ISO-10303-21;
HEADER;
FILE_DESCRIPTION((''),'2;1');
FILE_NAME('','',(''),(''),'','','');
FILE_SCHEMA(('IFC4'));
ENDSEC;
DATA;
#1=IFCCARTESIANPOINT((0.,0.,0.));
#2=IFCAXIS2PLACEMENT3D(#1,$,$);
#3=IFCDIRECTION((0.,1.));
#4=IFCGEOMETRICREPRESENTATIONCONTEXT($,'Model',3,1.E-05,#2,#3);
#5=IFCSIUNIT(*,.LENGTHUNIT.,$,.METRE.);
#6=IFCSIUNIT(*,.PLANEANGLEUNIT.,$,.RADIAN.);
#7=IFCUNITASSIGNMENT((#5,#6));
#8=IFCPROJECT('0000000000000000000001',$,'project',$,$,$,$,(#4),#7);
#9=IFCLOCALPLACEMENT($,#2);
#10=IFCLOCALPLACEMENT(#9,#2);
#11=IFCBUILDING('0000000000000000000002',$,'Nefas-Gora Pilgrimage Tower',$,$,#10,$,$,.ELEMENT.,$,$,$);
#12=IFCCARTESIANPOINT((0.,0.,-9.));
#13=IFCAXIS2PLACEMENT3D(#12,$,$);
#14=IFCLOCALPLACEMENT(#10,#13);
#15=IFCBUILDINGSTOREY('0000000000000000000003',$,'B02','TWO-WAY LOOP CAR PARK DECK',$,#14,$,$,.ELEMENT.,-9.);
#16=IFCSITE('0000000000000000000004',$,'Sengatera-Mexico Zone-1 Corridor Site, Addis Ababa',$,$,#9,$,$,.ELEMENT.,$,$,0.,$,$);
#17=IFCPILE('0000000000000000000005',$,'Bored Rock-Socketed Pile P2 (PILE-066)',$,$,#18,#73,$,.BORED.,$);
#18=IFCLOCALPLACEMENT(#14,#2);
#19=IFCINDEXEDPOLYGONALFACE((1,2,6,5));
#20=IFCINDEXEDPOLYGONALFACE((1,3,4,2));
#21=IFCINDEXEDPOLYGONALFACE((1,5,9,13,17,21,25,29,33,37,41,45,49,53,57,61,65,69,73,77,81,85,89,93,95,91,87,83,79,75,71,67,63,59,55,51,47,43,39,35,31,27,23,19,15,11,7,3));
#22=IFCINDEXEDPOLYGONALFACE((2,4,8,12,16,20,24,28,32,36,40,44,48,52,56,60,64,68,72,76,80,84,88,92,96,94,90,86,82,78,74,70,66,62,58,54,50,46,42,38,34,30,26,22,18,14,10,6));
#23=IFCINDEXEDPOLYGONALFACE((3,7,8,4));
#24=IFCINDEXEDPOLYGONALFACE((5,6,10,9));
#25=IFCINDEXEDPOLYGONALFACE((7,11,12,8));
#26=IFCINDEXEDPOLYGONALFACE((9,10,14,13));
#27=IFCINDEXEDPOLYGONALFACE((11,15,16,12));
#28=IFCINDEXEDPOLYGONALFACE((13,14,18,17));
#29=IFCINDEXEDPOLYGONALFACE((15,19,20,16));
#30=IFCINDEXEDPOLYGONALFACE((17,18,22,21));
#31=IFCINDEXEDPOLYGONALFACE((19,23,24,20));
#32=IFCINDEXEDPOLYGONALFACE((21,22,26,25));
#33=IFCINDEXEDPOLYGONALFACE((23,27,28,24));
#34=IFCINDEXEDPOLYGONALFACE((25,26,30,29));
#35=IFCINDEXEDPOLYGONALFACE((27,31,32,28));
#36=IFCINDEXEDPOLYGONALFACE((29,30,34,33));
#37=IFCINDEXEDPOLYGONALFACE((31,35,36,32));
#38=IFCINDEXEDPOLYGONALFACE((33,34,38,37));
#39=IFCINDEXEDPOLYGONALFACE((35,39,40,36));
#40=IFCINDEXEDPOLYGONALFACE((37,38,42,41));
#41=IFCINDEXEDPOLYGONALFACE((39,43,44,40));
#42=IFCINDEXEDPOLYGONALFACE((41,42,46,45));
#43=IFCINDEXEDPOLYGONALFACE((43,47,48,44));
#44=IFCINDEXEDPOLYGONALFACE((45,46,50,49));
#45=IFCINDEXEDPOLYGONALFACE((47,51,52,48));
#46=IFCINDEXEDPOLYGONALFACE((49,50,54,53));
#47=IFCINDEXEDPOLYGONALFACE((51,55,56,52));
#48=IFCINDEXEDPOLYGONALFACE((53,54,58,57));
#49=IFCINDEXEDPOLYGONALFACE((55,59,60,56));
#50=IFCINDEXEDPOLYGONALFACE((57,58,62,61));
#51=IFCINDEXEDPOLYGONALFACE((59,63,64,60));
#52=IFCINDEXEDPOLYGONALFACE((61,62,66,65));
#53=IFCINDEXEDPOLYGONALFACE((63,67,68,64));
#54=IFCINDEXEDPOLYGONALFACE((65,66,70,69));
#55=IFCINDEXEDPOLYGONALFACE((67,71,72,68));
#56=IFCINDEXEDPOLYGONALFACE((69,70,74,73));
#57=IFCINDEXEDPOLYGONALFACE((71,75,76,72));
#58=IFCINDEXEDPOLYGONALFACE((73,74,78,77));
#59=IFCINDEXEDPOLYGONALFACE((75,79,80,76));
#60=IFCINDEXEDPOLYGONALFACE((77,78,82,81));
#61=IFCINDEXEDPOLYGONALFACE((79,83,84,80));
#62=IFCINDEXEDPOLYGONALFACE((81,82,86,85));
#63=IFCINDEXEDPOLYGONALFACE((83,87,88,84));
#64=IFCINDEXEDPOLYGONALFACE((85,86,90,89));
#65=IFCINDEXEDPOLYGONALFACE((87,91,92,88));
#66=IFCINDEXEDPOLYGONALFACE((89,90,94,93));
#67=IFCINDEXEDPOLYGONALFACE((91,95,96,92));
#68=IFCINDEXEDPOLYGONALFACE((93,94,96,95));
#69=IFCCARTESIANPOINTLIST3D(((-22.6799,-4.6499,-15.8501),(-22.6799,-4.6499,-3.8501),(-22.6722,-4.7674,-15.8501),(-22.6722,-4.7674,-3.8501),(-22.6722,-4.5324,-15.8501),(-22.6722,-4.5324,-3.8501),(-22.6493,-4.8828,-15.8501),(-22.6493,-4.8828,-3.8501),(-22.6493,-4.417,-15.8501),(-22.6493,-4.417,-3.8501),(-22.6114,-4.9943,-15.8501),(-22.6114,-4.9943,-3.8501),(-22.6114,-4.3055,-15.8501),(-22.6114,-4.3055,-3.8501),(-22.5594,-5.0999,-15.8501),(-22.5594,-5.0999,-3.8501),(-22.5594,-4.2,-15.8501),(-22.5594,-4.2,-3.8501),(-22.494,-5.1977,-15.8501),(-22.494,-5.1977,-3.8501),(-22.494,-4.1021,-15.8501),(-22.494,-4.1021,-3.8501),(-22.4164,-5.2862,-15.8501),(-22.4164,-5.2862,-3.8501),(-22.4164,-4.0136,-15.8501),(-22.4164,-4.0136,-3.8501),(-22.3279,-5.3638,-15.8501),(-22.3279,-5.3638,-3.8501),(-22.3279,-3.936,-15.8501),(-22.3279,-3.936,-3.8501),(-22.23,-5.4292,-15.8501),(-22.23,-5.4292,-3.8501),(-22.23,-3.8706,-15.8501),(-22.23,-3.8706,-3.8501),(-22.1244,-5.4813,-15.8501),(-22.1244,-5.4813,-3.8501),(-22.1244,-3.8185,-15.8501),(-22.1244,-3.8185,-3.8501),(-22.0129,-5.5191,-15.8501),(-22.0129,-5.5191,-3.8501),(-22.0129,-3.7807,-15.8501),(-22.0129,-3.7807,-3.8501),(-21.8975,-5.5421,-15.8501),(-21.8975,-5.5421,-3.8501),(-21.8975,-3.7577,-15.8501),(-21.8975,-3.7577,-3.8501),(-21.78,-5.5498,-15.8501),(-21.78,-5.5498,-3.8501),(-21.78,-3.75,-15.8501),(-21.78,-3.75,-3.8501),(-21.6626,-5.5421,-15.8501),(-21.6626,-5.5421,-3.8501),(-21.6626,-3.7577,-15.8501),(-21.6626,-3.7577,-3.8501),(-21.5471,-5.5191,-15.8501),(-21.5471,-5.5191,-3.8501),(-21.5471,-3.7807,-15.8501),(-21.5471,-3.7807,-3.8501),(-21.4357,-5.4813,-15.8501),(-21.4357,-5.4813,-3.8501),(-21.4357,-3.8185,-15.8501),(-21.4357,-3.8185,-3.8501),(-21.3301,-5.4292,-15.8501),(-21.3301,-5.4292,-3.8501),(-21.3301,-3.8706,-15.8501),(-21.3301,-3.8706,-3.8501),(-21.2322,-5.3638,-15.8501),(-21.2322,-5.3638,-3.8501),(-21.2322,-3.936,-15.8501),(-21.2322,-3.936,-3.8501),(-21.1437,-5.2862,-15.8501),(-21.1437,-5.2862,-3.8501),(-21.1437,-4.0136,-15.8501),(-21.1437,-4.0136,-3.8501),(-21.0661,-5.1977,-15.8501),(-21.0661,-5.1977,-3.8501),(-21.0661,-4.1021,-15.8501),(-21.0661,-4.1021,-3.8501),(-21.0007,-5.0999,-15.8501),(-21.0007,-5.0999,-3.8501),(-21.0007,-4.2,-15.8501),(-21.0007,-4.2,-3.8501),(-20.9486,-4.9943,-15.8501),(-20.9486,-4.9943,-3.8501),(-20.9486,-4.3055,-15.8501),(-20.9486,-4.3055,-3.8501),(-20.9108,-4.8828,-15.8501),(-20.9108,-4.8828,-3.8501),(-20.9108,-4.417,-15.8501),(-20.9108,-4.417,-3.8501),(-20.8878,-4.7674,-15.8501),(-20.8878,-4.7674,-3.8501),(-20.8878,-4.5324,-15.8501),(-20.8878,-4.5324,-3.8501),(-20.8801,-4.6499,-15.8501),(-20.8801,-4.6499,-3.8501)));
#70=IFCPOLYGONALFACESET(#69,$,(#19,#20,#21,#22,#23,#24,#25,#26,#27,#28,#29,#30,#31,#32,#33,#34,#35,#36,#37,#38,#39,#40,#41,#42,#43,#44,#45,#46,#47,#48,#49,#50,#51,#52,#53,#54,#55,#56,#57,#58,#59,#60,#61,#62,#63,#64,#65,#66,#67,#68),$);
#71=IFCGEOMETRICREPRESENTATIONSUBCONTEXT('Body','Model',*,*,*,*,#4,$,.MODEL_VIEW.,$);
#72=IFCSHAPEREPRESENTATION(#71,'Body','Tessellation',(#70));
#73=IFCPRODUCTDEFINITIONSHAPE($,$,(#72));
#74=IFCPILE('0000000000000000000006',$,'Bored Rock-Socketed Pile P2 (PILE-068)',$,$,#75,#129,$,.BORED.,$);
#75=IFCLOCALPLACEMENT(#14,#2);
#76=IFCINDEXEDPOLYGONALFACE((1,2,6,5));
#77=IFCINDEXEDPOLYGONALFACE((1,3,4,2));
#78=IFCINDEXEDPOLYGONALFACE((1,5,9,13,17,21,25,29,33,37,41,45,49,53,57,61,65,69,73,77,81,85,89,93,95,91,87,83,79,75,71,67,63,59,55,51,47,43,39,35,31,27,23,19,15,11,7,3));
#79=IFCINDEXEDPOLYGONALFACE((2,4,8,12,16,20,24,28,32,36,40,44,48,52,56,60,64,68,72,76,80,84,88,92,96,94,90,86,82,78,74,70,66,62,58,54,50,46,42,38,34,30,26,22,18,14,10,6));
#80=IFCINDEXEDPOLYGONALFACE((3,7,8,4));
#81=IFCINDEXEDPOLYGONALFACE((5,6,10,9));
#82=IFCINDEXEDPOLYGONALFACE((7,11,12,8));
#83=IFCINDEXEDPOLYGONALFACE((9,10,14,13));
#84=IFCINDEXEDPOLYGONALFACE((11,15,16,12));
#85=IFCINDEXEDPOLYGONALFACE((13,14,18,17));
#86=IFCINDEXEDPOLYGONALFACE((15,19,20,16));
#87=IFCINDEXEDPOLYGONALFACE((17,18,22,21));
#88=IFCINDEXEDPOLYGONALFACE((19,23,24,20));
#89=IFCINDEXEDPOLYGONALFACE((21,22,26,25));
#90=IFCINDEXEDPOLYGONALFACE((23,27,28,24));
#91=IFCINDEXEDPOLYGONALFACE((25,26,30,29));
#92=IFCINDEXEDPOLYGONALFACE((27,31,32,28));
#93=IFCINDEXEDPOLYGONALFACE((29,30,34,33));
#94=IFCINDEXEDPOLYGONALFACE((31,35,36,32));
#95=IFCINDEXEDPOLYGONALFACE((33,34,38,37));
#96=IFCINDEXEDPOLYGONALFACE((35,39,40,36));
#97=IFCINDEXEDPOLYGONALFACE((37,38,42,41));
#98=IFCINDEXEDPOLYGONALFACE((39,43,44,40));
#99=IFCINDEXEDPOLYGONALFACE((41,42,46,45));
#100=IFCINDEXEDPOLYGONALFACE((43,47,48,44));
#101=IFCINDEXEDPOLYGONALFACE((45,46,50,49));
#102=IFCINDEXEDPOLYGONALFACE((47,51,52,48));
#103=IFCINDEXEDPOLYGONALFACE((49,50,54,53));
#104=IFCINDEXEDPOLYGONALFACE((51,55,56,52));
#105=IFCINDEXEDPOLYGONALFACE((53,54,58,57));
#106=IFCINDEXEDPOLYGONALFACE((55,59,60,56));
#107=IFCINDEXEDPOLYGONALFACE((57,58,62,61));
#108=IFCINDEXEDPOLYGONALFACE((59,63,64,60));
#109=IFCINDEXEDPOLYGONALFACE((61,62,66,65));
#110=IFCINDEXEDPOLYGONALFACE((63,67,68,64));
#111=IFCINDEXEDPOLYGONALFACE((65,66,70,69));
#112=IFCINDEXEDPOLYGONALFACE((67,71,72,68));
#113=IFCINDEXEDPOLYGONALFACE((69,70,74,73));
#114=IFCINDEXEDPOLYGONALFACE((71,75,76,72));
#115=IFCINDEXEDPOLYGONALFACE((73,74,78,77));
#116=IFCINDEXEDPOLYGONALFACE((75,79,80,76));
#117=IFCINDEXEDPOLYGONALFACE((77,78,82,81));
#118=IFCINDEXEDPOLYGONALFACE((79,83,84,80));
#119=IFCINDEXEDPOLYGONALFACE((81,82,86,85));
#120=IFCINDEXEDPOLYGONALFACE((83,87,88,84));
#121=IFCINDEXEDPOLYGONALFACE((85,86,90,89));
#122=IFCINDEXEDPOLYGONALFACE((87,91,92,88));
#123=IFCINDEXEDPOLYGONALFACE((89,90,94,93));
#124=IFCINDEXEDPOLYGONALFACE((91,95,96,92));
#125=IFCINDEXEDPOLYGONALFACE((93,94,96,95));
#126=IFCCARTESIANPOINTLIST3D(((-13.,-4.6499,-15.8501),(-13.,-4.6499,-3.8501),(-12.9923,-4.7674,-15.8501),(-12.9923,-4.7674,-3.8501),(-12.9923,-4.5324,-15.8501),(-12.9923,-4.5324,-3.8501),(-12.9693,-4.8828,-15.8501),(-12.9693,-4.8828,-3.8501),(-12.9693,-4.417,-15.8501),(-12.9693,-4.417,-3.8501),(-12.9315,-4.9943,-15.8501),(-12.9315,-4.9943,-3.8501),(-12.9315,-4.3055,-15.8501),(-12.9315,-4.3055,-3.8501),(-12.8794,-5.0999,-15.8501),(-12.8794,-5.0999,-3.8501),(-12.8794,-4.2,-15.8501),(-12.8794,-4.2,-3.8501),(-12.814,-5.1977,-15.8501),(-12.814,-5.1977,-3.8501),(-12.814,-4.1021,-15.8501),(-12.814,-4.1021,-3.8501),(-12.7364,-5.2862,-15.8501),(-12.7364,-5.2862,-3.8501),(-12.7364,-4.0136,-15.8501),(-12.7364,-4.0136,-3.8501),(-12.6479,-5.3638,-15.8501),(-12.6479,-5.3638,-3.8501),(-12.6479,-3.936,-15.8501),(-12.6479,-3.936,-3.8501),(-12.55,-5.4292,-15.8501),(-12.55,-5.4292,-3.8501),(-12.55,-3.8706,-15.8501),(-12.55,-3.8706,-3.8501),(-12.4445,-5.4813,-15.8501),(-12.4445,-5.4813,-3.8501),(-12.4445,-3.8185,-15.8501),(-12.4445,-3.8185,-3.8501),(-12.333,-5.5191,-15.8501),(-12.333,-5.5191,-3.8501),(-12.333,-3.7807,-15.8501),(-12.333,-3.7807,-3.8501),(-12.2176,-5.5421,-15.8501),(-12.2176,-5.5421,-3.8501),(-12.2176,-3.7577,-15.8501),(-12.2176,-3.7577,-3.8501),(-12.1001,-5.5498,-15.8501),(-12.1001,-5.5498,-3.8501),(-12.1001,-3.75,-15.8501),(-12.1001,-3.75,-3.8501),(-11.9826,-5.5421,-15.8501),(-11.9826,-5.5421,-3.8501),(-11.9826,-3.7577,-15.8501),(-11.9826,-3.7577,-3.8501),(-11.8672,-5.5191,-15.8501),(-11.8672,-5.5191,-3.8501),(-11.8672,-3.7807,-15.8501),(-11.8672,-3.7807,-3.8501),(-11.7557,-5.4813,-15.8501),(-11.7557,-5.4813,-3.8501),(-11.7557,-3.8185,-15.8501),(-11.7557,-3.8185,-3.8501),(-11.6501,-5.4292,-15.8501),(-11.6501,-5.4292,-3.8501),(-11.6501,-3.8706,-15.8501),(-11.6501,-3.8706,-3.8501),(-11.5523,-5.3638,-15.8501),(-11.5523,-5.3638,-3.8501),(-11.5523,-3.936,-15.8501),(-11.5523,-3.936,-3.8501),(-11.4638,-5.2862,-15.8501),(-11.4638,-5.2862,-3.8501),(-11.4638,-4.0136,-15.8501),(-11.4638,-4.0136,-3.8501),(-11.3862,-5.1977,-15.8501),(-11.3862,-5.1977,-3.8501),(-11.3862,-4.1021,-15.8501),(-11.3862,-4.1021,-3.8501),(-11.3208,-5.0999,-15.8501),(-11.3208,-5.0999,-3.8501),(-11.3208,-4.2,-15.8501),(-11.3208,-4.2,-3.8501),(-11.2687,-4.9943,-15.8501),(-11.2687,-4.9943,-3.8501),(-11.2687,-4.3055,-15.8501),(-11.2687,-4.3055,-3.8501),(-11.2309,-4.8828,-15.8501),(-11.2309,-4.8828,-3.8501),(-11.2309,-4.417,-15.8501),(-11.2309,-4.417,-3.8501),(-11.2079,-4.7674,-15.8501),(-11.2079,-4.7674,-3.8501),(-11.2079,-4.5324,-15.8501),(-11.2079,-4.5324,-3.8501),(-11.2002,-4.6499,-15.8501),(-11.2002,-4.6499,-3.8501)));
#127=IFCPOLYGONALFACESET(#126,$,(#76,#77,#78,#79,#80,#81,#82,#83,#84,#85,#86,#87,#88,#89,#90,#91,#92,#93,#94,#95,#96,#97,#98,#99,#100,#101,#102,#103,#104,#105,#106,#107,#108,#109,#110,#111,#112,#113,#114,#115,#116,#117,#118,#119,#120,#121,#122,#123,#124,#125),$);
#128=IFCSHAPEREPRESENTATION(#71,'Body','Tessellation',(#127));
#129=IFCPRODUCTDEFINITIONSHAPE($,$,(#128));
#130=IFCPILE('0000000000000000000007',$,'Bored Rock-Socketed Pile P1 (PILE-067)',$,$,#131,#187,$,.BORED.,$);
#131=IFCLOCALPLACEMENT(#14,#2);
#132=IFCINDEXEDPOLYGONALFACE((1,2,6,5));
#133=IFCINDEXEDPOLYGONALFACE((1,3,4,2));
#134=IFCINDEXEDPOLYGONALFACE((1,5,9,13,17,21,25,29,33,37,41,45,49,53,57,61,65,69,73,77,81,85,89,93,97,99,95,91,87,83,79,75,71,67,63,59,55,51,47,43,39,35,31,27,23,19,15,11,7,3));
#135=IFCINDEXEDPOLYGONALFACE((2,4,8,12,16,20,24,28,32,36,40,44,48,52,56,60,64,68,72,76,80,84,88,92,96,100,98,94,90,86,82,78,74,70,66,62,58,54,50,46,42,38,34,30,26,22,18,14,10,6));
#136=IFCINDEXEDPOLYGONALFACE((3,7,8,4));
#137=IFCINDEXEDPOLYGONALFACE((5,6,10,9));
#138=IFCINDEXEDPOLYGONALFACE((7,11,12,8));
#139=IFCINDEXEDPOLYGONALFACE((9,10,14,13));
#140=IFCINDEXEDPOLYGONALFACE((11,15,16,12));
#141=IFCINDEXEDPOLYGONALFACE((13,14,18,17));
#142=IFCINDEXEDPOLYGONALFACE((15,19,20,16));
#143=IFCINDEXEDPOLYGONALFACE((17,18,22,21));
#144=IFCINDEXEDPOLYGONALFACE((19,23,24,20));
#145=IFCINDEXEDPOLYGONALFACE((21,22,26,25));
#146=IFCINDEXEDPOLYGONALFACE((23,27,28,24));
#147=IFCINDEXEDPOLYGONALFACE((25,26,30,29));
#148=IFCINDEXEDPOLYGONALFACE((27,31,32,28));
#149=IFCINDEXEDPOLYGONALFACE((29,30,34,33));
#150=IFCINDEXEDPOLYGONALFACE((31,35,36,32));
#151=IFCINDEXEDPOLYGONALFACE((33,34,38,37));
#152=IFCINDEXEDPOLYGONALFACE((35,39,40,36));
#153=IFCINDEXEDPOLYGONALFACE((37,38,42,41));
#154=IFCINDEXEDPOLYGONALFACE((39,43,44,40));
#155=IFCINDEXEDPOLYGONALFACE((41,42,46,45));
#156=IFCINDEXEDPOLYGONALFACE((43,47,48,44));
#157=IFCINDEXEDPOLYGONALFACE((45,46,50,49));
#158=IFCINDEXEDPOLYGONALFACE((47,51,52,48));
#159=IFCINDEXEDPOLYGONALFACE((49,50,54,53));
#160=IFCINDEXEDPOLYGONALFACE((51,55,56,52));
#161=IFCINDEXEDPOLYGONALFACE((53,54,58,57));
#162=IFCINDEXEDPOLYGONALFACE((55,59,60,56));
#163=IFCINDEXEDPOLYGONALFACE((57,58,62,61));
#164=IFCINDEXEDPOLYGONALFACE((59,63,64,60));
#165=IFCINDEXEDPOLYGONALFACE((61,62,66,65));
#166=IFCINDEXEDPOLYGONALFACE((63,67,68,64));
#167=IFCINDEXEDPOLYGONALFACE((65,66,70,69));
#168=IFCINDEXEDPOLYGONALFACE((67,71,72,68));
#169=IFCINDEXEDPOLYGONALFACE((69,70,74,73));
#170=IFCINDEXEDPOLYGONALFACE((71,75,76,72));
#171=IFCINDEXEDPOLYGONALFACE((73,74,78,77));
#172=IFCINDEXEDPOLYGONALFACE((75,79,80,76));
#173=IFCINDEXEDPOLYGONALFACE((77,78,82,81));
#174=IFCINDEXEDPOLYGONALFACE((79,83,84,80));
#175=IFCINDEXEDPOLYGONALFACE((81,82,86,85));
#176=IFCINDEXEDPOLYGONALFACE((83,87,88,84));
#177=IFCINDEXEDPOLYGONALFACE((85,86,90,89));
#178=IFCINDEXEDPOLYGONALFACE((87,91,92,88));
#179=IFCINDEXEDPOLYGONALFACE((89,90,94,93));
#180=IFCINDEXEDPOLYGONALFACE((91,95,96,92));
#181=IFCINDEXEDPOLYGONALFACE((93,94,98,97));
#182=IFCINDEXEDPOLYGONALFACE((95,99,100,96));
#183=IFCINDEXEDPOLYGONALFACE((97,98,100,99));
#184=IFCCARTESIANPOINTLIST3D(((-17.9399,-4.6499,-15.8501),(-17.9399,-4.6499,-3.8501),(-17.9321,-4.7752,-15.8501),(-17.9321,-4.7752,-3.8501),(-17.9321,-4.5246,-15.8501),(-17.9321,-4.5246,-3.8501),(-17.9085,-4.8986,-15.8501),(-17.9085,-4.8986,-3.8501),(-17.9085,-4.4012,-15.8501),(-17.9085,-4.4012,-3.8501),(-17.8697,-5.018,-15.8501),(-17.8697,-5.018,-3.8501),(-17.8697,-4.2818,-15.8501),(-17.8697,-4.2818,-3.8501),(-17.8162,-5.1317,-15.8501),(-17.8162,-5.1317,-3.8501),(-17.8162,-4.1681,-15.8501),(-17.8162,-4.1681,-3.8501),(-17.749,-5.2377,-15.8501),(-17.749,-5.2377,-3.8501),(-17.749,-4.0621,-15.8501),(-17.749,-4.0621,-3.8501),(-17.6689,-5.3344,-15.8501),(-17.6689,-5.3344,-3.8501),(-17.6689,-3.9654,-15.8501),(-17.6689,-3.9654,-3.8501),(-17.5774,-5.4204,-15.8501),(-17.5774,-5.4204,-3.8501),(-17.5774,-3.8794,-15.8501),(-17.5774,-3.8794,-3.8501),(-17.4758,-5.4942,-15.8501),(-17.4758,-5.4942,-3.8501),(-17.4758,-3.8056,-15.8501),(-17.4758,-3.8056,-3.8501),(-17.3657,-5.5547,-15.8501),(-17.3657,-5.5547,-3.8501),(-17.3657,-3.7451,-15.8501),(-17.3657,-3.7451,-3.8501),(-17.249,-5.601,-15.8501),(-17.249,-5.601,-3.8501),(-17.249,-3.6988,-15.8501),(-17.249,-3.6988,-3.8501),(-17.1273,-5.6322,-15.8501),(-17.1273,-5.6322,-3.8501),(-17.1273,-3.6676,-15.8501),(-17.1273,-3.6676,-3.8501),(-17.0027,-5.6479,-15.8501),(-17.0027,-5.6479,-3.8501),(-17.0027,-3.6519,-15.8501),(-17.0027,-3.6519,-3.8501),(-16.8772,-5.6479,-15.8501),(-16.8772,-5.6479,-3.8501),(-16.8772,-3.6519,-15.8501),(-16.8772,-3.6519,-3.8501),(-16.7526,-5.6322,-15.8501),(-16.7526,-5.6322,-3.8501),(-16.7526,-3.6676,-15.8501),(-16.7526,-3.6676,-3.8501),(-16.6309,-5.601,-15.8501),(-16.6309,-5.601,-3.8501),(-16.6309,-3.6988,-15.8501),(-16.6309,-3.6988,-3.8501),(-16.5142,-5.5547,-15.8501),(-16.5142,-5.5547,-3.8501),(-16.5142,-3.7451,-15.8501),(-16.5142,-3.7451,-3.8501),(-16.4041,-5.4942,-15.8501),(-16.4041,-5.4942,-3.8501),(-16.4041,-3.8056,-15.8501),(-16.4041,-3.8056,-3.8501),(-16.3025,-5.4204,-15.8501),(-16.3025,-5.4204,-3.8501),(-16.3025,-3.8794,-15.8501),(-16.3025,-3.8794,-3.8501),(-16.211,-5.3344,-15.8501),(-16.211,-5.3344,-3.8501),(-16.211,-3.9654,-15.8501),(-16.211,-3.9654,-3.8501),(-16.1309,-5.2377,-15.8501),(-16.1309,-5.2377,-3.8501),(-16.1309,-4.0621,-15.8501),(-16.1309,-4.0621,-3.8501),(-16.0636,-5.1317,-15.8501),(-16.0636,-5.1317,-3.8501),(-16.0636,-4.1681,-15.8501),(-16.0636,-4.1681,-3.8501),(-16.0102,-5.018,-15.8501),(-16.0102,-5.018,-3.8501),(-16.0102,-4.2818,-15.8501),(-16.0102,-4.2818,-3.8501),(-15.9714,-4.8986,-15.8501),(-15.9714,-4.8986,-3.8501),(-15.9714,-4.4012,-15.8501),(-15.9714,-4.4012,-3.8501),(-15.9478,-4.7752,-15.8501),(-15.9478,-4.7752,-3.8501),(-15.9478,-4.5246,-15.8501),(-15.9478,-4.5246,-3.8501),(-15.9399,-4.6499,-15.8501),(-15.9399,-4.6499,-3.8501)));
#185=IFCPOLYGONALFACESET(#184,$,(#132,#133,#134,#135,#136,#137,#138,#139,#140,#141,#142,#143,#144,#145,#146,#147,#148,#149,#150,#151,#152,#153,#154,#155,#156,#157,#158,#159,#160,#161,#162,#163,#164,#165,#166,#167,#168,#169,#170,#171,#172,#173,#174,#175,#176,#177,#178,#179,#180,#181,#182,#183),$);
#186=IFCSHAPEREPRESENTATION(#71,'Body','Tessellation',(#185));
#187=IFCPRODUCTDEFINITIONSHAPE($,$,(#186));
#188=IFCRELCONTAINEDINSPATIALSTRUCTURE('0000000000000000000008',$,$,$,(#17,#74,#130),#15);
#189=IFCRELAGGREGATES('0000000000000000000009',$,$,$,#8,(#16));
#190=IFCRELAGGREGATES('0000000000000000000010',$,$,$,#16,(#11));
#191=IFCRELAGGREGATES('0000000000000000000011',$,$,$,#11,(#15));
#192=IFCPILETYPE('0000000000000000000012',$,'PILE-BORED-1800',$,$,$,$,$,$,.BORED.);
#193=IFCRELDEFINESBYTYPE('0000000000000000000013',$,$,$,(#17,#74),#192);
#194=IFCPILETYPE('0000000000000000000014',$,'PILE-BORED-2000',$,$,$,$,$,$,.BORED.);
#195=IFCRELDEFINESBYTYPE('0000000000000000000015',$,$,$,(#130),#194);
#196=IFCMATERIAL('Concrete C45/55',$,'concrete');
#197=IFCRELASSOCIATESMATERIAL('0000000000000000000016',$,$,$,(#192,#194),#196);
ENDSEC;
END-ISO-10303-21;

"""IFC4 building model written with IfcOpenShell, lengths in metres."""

from ifc_helpers import new_model, si_unit, direction, frame, origin, origin_2d, place, context, subcontext, project, spatial, circle, extrude, source, transform, mapped, material, material_profile, profile_set, type_object, element, save


model = new_model("IFC4")

# Units and contexts
model_context = context("Model", 3, precision=1e-05, world=origin(), true_north=direction((0.0, 1.0)))
body_context = subcontext(model_context, "Body", "Model", "MODEL_VIEW")
ifc_project = project(units=[si_unit("LENGTHUNIT", "METRE"), si_unit("PLANEANGLEUNIT", "RADIAN")], contexts=[model_context])

# Site, building, storey
site_placement = place(None, origin())
site = spatial("IfcSite", under=ifc_project, at=site_placement, Name="Sengatera-Mexico Zone-1 Corridor Site, Addis Ababa", CompositionType="ELEMENT", RefElevation=0.0)
building_placement = place(site_placement, origin())
building = spatial("IfcBuilding", under=site, at=building_placement, Name="Nefas-Gora Pilgrimage Tower", CompositionType="ELEMENT")
storey_placement = place(building_placement, frame((0.0, 0.0, -9.0)))
storey = spatial("IfcBuildingStorey", under=building, at=storey_placement, Name="B02", Description="TWO-WAY LOOP CAR PARK DECK", CompositionType="ELEMENT", Elevation=-9.0)

# Piles
ifc_material_1 = material(Name="Concrete C45/55", Category="concrete")
ifc_material_profile_1 = material_profile(ifc_material_1, circle(Radius=0.8999, at=origin_2d()), Name="PILE D1800")
ifc_profile_set_1 = profile_set([ifc_material_profile_1], Name="Concrete C45/55")
pile_type_1 = type_object("IfcPileType", Name="PILE-BORED-1800", PredefinedType="BORED", material=ifc_profile_set_1)
shared_shape_1 = source(origin(), body_context, "Body", "SweptSolid", [
    extrude(circle(Radius=0.8999, at=origin_2d()), origin(), (0.0, 0.0, 1.0), 12.0),
])
for number, where, z_axis, x_axis, name in (
    (1, (-21.78, -4.6499, -3.8501), (0.0, 0.0, -1.0), (1.0, 0.0, 0.0), "Bored Rock-Socketed Pile P2 (PILE-066)"),
    (2, (-12.1001, -4.6499, -3.8501), (0.0, 0.0, -1.0), (1.0, 0.0, 0.0), "Bored Rock-Socketed Pile P2 (PILE-068)"),
):
    element("IfcPile", number, at=place(storey_placement, frame(where, z_axis=z_axis, x_axis=x_axis)), inside=storey, type_object=pile_type_1, Name=name, PredefinedType="BORED", context=body_context, shape_type="MappedRepresentation", body=[
        mapped(shared_shape_1, transform((0.0, 0.0, 0.0), x_axis=(1.0, 0.0, 0.0), y_axis=(0.0, 1.0, 0.0), z_axis=(0.0, 0.0, 1.0), scale=1.0)),
    ])
ifc_material_profile_2 = material_profile(ifc_material_1, circle(Radius=1.0, at=origin_2d()), Name="PILE D2000")
ifc_profile_set_2 = profile_set([ifc_material_profile_2], Name="Concrete C45/55")
pile_type_2 = type_object("IfcPileType", Name="PILE-BORED-2000", PredefinedType="BORED", material=ifc_profile_set_2)
shared_shape_2 = source(origin(), body_context, "Body", "SweptSolid", [
    extrude(circle(Radius=1.0, at=origin_2d()), origin(), (0.0, 0.0, 1.0), 12.0),
])
for number, where, z_axis, x_axis, name in (
    (3, (-16.9399, -4.6499, -3.8501), (0.0, 0.0, -1.0), (1.0, 0.0, 0.0), "Bored Rock-Socketed Pile P1 (PILE-067)"),
):
    element("IfcPile", number, at=place(storey_placement, frame(where, z_axis=z_axis, x_axis=x_axis)), inside=storey, type_object=pile_type_2, Name=name, PredefinedType="BORED", context=body_context, shape_type="MappedRepresentation", body=[
        mapped(shared_shape_2, transform((0.0, 0.0, 0.0), x_axis=(1.0, 0.0, 0.0), y_axis=(0.0, 1.0, 0.0), z_axis=(0.0, 0.0, 1.0), scale=1.0)),
    ])

save(model, "model.ifc")
